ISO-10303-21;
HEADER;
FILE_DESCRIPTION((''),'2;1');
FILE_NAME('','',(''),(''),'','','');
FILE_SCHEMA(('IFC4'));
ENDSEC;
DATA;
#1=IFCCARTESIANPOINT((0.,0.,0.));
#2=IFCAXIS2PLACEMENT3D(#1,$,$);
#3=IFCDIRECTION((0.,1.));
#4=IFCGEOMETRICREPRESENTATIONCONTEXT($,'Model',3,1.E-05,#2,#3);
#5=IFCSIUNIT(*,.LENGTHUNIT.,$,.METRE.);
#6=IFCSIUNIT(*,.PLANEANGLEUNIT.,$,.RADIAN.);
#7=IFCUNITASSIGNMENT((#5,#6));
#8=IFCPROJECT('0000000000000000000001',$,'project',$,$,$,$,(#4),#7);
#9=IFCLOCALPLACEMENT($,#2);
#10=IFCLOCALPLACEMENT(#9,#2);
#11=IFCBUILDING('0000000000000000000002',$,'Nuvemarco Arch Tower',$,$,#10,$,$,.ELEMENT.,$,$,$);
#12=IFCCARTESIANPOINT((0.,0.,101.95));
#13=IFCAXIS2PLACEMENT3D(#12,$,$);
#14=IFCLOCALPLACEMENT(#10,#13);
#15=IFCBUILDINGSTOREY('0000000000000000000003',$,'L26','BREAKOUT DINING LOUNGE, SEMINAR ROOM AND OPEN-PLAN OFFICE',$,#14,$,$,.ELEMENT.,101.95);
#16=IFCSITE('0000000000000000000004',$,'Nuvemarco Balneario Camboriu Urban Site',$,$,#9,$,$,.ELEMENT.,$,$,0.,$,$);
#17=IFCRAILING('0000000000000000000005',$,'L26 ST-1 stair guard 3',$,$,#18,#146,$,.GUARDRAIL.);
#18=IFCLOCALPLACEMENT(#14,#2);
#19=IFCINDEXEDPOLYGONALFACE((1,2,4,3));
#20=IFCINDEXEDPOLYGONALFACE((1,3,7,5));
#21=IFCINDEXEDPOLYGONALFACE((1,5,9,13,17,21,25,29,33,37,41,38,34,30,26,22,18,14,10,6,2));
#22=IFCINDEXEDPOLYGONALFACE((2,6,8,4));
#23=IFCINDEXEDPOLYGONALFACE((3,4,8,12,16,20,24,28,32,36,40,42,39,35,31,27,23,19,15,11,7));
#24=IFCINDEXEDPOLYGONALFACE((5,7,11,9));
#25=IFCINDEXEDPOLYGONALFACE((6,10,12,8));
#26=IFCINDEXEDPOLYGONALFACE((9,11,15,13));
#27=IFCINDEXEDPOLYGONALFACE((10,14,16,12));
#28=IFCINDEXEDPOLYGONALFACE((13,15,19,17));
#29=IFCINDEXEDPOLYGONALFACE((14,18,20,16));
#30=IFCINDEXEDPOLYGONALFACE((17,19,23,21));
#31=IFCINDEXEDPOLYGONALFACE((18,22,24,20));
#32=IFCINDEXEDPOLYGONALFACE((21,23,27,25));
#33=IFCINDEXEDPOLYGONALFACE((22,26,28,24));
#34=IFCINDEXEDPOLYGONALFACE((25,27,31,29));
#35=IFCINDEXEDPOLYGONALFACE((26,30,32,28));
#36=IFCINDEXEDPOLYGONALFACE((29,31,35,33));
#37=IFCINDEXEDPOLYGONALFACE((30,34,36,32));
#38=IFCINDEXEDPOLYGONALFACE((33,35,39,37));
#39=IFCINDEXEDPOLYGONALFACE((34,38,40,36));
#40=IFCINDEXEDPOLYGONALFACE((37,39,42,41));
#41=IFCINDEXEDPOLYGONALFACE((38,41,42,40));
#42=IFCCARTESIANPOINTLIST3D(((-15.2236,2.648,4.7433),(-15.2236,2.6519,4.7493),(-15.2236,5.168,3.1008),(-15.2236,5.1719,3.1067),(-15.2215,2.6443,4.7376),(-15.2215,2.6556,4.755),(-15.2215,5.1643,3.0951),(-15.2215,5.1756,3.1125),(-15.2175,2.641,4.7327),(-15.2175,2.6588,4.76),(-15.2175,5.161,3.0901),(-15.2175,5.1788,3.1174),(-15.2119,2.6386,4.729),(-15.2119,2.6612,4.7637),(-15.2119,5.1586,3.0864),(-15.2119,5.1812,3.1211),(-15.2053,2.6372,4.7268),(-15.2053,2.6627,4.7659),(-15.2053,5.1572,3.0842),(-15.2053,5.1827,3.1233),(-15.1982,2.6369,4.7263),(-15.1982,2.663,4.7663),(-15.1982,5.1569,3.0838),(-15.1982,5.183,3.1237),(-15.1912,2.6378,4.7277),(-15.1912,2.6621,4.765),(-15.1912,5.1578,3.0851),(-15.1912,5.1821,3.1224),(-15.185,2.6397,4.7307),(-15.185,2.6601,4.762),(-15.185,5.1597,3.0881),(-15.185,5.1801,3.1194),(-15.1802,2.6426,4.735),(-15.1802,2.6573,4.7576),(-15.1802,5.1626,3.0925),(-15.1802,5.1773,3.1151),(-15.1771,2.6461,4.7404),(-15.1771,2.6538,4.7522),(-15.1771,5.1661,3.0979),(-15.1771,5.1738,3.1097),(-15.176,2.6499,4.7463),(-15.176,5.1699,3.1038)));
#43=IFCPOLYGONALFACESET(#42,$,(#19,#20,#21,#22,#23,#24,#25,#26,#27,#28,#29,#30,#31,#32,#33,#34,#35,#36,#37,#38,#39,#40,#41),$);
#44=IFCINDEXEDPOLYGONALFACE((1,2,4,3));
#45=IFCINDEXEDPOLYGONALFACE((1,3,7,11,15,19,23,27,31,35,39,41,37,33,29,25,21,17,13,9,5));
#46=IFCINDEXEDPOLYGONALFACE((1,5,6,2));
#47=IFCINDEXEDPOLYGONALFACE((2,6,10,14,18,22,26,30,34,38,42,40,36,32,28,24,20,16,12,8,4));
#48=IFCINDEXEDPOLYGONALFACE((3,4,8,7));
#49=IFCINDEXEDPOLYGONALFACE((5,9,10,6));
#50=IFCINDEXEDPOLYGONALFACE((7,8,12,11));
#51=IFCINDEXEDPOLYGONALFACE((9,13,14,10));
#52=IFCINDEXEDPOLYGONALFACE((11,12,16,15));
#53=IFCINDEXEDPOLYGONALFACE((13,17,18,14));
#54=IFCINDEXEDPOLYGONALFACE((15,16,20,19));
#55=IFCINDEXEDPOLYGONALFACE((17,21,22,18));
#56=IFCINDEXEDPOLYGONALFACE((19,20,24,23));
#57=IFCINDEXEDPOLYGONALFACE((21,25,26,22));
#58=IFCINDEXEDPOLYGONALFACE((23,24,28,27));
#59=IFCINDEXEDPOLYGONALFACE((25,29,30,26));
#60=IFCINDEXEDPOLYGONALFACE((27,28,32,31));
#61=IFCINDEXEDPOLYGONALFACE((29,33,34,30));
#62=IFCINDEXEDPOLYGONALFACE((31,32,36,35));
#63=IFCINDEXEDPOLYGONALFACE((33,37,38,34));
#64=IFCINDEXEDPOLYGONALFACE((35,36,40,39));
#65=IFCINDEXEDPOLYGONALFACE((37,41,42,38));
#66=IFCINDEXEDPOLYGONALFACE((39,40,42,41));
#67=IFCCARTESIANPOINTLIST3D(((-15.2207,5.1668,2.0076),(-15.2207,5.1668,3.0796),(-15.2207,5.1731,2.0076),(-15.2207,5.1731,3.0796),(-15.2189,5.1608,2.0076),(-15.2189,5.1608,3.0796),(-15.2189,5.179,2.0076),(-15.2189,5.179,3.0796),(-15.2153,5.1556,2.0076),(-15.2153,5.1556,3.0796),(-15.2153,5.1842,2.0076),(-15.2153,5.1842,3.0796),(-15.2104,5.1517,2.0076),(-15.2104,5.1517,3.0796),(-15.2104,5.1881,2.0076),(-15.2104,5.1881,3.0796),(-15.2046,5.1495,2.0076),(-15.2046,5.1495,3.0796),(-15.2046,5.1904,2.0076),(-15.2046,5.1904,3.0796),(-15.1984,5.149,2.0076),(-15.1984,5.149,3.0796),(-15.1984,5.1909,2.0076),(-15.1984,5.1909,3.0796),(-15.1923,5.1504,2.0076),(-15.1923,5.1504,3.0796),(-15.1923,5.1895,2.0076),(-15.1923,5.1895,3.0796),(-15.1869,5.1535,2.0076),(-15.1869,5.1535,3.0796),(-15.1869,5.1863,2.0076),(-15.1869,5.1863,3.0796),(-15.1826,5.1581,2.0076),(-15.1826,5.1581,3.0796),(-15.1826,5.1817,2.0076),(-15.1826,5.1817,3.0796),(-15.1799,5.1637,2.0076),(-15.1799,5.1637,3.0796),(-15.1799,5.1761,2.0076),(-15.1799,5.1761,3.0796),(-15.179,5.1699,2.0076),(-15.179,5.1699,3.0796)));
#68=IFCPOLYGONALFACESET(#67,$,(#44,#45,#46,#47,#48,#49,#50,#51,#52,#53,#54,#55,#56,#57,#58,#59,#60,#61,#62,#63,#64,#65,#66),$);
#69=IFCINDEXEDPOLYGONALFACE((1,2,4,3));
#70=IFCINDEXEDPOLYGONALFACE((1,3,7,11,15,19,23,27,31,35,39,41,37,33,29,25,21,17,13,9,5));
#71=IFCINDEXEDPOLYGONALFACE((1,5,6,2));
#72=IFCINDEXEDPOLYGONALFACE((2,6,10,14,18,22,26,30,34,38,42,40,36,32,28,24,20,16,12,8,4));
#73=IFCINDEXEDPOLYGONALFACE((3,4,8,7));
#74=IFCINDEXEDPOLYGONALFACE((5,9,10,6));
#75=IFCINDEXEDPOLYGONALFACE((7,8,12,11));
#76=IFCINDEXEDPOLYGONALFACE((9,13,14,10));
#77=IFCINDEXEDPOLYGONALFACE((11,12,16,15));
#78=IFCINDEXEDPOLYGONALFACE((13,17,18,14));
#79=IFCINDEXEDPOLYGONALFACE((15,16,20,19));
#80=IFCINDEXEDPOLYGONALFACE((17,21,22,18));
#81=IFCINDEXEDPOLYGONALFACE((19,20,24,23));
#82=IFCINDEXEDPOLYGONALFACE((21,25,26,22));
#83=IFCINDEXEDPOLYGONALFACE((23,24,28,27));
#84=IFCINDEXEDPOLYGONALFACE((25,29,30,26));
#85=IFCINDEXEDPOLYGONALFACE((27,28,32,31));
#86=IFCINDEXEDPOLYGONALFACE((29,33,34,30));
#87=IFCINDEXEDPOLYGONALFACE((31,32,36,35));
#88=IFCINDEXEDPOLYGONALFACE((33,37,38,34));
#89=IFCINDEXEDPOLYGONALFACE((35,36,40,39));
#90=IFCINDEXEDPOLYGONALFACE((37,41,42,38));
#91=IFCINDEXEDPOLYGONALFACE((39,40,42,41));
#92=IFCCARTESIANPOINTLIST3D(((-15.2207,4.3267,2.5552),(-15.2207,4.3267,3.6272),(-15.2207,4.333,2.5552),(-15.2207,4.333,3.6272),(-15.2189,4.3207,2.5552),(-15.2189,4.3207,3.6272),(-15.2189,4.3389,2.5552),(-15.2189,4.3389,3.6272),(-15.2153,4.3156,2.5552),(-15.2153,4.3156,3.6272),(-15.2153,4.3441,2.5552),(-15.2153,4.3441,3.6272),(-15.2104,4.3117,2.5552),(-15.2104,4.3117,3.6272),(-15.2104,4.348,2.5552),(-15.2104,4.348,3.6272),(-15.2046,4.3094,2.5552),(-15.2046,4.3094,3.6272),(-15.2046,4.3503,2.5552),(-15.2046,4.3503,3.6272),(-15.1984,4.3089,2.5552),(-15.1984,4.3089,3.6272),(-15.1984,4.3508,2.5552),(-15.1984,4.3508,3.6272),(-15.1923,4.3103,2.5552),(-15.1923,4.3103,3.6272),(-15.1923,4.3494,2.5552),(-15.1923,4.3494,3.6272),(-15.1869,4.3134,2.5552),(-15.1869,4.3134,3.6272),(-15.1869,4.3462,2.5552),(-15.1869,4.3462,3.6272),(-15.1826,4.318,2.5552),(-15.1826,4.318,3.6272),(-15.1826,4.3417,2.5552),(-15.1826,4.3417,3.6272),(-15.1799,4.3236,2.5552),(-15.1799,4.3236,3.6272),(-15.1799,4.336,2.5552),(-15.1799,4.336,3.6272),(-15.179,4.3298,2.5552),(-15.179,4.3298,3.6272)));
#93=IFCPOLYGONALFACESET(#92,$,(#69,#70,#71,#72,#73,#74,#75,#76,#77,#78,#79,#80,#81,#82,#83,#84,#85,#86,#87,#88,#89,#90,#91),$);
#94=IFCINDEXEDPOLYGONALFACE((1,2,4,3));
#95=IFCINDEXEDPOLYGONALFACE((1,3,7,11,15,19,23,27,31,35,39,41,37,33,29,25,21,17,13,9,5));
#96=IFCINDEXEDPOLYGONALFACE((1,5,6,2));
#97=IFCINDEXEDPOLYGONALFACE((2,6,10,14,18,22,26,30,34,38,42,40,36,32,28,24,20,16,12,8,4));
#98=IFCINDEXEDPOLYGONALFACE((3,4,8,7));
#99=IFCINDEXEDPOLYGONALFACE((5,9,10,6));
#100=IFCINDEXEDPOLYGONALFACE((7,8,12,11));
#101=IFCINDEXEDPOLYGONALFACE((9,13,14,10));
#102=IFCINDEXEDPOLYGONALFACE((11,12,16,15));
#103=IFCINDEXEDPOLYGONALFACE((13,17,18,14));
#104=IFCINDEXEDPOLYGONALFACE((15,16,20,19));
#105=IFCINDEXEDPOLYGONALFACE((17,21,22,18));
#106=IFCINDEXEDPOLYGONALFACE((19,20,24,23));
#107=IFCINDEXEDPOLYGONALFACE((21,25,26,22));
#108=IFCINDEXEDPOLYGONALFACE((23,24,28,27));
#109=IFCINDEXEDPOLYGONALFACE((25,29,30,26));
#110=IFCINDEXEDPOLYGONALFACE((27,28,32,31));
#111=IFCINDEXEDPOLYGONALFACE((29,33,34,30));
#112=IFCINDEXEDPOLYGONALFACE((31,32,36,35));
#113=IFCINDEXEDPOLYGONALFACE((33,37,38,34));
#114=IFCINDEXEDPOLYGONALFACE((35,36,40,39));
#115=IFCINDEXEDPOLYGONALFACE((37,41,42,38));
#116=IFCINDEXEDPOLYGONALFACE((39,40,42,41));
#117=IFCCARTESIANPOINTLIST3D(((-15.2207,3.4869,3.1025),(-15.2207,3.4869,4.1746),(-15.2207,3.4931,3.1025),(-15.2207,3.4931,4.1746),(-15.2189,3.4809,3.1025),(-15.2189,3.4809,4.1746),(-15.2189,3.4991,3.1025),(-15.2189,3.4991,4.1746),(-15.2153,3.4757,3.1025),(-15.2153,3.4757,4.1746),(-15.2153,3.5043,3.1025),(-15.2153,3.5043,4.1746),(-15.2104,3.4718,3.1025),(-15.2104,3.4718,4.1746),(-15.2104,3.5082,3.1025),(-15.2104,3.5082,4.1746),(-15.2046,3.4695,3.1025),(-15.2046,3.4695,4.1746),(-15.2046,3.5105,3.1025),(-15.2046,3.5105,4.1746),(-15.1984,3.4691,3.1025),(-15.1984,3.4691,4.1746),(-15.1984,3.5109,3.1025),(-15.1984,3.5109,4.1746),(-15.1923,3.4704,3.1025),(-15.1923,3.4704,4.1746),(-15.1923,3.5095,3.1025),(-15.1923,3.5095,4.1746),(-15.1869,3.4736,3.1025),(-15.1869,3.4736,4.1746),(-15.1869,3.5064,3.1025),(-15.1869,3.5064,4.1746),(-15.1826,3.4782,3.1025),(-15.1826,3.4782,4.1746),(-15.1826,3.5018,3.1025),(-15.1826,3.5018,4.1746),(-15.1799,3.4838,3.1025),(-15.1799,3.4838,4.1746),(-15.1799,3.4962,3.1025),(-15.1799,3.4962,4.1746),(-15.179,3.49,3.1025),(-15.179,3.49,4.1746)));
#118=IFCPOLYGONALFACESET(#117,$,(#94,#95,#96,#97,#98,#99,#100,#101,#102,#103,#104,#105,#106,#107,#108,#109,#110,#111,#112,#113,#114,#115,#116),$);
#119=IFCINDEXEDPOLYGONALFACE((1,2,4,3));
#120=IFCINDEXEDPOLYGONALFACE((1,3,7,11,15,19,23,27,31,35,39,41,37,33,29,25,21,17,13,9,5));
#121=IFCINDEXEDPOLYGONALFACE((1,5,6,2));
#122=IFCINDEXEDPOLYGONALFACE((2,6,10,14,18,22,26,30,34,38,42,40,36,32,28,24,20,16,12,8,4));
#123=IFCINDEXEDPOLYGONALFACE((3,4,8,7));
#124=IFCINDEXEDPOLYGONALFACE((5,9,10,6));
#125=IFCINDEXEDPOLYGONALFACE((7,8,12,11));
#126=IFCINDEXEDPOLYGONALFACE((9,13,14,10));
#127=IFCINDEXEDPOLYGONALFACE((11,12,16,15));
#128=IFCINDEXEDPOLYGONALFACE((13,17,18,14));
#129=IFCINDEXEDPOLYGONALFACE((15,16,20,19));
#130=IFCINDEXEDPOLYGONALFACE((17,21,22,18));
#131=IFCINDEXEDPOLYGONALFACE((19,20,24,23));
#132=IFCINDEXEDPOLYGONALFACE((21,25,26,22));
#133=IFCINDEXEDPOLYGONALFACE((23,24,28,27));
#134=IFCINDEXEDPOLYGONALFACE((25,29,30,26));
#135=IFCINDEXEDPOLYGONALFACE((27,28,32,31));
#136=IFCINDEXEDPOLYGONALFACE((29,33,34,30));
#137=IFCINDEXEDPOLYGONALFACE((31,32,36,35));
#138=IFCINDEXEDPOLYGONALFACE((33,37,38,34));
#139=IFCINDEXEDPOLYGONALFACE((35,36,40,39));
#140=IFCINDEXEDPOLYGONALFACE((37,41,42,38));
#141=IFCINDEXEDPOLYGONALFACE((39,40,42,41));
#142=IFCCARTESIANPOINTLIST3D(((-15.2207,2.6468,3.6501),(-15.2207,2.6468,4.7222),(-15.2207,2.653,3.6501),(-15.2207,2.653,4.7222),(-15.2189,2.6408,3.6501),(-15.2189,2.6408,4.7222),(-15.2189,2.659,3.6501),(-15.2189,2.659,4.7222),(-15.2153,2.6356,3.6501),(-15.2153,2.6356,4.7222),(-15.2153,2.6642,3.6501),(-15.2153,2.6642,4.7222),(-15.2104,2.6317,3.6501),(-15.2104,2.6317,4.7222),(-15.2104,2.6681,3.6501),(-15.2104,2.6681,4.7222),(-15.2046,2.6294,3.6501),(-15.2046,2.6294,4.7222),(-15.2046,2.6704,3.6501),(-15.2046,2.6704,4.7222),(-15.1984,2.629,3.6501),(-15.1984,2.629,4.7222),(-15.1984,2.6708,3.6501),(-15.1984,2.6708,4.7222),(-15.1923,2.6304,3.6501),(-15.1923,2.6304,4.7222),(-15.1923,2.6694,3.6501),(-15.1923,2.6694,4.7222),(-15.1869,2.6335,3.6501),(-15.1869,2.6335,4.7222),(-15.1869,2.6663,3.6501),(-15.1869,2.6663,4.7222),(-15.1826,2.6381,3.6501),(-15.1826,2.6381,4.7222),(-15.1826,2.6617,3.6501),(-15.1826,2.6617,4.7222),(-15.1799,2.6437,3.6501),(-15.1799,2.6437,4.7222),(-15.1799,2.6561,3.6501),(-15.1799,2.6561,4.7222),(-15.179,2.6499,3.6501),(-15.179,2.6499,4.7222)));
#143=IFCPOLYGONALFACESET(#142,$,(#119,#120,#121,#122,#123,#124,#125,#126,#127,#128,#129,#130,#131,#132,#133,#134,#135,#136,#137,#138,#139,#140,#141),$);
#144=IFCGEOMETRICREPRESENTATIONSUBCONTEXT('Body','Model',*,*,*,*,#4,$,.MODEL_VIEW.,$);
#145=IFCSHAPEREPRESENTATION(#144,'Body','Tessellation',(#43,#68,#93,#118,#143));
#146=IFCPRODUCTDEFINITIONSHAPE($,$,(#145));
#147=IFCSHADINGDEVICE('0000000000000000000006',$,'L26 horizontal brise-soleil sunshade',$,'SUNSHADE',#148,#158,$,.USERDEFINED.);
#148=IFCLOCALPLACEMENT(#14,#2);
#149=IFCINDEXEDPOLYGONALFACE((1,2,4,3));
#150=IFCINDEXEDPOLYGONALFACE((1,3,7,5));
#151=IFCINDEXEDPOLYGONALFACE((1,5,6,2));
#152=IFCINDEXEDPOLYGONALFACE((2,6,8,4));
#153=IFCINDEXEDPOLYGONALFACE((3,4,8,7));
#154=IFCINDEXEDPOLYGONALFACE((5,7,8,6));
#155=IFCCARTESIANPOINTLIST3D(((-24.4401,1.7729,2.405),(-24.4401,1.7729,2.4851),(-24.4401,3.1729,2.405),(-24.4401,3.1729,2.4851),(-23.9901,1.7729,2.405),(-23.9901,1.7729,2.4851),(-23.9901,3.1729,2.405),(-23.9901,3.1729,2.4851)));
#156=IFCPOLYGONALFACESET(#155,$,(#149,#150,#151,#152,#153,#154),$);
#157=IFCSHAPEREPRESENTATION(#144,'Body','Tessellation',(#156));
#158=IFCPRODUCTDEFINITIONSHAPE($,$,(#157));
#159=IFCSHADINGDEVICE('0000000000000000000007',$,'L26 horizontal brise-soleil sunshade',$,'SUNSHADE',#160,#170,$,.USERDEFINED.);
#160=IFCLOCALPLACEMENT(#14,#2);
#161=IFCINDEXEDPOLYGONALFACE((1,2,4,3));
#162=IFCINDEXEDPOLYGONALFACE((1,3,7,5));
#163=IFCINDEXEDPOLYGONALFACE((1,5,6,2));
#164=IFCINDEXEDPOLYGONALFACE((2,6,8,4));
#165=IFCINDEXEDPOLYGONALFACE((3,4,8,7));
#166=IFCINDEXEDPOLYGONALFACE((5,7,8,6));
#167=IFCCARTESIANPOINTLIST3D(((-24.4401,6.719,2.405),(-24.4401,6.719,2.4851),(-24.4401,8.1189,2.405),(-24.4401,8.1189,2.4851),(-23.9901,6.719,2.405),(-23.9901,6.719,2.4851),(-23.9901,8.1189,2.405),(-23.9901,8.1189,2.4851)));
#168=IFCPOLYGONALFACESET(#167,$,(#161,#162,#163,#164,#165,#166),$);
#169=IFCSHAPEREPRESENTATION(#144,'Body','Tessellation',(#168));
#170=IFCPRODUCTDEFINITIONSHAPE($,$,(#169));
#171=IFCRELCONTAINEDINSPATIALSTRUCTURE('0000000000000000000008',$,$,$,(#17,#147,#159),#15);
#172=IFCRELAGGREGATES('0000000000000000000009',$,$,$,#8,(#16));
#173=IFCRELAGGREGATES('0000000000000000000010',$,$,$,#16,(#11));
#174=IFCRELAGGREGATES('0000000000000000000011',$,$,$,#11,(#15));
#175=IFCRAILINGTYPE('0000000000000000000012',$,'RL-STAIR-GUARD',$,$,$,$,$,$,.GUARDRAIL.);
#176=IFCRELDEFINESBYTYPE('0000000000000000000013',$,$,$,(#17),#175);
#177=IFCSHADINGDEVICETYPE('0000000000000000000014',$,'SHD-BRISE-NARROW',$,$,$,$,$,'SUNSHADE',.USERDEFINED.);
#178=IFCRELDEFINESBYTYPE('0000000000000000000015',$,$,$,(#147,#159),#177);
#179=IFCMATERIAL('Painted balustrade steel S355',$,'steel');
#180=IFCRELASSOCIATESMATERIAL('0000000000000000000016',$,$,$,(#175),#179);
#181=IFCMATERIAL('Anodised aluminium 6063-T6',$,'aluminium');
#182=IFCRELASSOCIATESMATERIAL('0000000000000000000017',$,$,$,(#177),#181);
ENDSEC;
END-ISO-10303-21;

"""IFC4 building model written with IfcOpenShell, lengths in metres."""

from ifc_helpers import new_model, si_unit, direction, frame, origin, origin_2d, place, context, subcontext, project, spatial, rectangle, circle, extrude, source, transform, mapped, material, type_object, type_shapes, element, save


model = new_model("IFC4")

# Units and contexts
model_context = context("Model", 3, precision=1e-05, world=origin(), true_north=direction((0.0, 1.0)))
body_context = subcontext(model_context, "Body", "Model", "MODEL_VIEW")
ifc_project = project(units=[si_unit("LENGTHUNIT", "METRE"), si_unit("PLANEANGLEUNIT", "RADIAN")], contexts=[model_context])

# Site, building, storey
site_placement = place(None, origin())
site = spatial("IfcSite", under=ifc_project, at=site_placement, Name="Nuvemarco Balneario Camboriu Urban Site", CompositionType="ELEMENT", RefElevation=0.0)
building_placement = place(site_placement, origin())
building = spatial("IfcBuilding", under=site, at=building_placement, Name="Nuvemarco Arch Tower", CompositionType="ELEMENT")
storey_placement = place(building_placement, frame((0.0, 0.0, 101.95)))
storey = spatial("IfcBuildingStorey", under=building, at=storey_placement, Name="L26", Description="BREAKOUT DINING LOUNGE, SEMINAR ROOM AND OPEN-PLAN OFFICE", CompositionType="ELEMENT", Elevation=101.95)

# Railing
ifc_material_1 = material(Name="Painted balustrade steel S355", Category="steel")
railing_type_1 = type_object("IfcRailingType", Name="RL-STAIR-GUARD", PredefinedType="GUARDRAIL", material=ifc_material_1)
railing_1_placement = place(storey_placement, frame((-15.2, 5.1699, 2.0076)))
element("IfcRailing", 1, at=railing_1_placement, inside=storey, type_object=railing_type_1, Name="L26 ST-1 stair guard 3", PredefinedType="GUARDRAIL", context=body_context, shape_type="SweptSolid", body=[
    extrude(circle(Radius=0.0239, at=origin_2d()), frame((0.0, 0.0, 1.0962), z_axis=(0.0, -0.837749, 0.546055), x_axis=(1.0, 0.0, 0.0)), (0.0, 0.0, 1.0), 3.0081),
    extrude(circle(Radius=0.021, at=origin_2d()), origin(), (0.0, 0.0, 1.0), 1.072),
    extrude(circle(Radius=0.021, at=origin_2d()), frame((0.0, -0.8401, 0.5476)), (0.0, 0.0, 1.0), 1.072),
    extrude(circle(Radius=0.021, at=origin_2d()), frame((0.0, -1.6799, 1.095)), (0.0, 0.0, 1.0), 1.072),
    extrude(circle(Radius=0.021, at=origin_2d()), frame((0.0, -2.52, 1.6426)), (0.0, 0.0, 1.0), 1.072),
])

# Shading devices
ifc_material_2 = material(Name="Anodised aluminium 6063-T6", Category="aluminium")
shading_device_type = type_object("IfcShadingDeviceType", Name="SHD-BRISE-NARROW", ElementType="SUNSHADE", PredefinedType="USERDEFINED", material=ifc_material_2)
shared_shape = source(origin(), body_context, "Body", "SweptSolid", [
    extrude(rectangle(XDim=1.3999, YDim=0.45, at=origin_2d()), origin(), (0.0, 0.0, 1.0), 0.0801),
])
type_shapes(shading_device_type, [shared_shape])
for number, where, z_axis, x_axis, name in (
    (2, (-24.2151, 2.4729, 2.405), (0.0, 0.0, 1.0), (0.0, 1.0, 0.0), "L26 horizontal brise-soleil sunshade"),
    (3, (-24.2151, 7.4189, 2.405), (0.0, 0.0, 1.0), (0.0, 1.0, 0.0), "L26 horizontal brise-soleil sunshade"),
):
    element("IfcShadingDevice", number, at=place(storey_placement, frame(where, z_axis=z_axis, x_axis=x_axis)), inside=storey, type_object=shading_device_type, Name=name, ObjectType="SUNSHADE", PredefinedType="USERDEFINED", context=body_context, shape_type="MappedRepresentation", body=[
        mapped(shared_shape, transform((0.0, 0.0, 0.0), scale=1.0)),
    ])

save(model, "model.ifc")
